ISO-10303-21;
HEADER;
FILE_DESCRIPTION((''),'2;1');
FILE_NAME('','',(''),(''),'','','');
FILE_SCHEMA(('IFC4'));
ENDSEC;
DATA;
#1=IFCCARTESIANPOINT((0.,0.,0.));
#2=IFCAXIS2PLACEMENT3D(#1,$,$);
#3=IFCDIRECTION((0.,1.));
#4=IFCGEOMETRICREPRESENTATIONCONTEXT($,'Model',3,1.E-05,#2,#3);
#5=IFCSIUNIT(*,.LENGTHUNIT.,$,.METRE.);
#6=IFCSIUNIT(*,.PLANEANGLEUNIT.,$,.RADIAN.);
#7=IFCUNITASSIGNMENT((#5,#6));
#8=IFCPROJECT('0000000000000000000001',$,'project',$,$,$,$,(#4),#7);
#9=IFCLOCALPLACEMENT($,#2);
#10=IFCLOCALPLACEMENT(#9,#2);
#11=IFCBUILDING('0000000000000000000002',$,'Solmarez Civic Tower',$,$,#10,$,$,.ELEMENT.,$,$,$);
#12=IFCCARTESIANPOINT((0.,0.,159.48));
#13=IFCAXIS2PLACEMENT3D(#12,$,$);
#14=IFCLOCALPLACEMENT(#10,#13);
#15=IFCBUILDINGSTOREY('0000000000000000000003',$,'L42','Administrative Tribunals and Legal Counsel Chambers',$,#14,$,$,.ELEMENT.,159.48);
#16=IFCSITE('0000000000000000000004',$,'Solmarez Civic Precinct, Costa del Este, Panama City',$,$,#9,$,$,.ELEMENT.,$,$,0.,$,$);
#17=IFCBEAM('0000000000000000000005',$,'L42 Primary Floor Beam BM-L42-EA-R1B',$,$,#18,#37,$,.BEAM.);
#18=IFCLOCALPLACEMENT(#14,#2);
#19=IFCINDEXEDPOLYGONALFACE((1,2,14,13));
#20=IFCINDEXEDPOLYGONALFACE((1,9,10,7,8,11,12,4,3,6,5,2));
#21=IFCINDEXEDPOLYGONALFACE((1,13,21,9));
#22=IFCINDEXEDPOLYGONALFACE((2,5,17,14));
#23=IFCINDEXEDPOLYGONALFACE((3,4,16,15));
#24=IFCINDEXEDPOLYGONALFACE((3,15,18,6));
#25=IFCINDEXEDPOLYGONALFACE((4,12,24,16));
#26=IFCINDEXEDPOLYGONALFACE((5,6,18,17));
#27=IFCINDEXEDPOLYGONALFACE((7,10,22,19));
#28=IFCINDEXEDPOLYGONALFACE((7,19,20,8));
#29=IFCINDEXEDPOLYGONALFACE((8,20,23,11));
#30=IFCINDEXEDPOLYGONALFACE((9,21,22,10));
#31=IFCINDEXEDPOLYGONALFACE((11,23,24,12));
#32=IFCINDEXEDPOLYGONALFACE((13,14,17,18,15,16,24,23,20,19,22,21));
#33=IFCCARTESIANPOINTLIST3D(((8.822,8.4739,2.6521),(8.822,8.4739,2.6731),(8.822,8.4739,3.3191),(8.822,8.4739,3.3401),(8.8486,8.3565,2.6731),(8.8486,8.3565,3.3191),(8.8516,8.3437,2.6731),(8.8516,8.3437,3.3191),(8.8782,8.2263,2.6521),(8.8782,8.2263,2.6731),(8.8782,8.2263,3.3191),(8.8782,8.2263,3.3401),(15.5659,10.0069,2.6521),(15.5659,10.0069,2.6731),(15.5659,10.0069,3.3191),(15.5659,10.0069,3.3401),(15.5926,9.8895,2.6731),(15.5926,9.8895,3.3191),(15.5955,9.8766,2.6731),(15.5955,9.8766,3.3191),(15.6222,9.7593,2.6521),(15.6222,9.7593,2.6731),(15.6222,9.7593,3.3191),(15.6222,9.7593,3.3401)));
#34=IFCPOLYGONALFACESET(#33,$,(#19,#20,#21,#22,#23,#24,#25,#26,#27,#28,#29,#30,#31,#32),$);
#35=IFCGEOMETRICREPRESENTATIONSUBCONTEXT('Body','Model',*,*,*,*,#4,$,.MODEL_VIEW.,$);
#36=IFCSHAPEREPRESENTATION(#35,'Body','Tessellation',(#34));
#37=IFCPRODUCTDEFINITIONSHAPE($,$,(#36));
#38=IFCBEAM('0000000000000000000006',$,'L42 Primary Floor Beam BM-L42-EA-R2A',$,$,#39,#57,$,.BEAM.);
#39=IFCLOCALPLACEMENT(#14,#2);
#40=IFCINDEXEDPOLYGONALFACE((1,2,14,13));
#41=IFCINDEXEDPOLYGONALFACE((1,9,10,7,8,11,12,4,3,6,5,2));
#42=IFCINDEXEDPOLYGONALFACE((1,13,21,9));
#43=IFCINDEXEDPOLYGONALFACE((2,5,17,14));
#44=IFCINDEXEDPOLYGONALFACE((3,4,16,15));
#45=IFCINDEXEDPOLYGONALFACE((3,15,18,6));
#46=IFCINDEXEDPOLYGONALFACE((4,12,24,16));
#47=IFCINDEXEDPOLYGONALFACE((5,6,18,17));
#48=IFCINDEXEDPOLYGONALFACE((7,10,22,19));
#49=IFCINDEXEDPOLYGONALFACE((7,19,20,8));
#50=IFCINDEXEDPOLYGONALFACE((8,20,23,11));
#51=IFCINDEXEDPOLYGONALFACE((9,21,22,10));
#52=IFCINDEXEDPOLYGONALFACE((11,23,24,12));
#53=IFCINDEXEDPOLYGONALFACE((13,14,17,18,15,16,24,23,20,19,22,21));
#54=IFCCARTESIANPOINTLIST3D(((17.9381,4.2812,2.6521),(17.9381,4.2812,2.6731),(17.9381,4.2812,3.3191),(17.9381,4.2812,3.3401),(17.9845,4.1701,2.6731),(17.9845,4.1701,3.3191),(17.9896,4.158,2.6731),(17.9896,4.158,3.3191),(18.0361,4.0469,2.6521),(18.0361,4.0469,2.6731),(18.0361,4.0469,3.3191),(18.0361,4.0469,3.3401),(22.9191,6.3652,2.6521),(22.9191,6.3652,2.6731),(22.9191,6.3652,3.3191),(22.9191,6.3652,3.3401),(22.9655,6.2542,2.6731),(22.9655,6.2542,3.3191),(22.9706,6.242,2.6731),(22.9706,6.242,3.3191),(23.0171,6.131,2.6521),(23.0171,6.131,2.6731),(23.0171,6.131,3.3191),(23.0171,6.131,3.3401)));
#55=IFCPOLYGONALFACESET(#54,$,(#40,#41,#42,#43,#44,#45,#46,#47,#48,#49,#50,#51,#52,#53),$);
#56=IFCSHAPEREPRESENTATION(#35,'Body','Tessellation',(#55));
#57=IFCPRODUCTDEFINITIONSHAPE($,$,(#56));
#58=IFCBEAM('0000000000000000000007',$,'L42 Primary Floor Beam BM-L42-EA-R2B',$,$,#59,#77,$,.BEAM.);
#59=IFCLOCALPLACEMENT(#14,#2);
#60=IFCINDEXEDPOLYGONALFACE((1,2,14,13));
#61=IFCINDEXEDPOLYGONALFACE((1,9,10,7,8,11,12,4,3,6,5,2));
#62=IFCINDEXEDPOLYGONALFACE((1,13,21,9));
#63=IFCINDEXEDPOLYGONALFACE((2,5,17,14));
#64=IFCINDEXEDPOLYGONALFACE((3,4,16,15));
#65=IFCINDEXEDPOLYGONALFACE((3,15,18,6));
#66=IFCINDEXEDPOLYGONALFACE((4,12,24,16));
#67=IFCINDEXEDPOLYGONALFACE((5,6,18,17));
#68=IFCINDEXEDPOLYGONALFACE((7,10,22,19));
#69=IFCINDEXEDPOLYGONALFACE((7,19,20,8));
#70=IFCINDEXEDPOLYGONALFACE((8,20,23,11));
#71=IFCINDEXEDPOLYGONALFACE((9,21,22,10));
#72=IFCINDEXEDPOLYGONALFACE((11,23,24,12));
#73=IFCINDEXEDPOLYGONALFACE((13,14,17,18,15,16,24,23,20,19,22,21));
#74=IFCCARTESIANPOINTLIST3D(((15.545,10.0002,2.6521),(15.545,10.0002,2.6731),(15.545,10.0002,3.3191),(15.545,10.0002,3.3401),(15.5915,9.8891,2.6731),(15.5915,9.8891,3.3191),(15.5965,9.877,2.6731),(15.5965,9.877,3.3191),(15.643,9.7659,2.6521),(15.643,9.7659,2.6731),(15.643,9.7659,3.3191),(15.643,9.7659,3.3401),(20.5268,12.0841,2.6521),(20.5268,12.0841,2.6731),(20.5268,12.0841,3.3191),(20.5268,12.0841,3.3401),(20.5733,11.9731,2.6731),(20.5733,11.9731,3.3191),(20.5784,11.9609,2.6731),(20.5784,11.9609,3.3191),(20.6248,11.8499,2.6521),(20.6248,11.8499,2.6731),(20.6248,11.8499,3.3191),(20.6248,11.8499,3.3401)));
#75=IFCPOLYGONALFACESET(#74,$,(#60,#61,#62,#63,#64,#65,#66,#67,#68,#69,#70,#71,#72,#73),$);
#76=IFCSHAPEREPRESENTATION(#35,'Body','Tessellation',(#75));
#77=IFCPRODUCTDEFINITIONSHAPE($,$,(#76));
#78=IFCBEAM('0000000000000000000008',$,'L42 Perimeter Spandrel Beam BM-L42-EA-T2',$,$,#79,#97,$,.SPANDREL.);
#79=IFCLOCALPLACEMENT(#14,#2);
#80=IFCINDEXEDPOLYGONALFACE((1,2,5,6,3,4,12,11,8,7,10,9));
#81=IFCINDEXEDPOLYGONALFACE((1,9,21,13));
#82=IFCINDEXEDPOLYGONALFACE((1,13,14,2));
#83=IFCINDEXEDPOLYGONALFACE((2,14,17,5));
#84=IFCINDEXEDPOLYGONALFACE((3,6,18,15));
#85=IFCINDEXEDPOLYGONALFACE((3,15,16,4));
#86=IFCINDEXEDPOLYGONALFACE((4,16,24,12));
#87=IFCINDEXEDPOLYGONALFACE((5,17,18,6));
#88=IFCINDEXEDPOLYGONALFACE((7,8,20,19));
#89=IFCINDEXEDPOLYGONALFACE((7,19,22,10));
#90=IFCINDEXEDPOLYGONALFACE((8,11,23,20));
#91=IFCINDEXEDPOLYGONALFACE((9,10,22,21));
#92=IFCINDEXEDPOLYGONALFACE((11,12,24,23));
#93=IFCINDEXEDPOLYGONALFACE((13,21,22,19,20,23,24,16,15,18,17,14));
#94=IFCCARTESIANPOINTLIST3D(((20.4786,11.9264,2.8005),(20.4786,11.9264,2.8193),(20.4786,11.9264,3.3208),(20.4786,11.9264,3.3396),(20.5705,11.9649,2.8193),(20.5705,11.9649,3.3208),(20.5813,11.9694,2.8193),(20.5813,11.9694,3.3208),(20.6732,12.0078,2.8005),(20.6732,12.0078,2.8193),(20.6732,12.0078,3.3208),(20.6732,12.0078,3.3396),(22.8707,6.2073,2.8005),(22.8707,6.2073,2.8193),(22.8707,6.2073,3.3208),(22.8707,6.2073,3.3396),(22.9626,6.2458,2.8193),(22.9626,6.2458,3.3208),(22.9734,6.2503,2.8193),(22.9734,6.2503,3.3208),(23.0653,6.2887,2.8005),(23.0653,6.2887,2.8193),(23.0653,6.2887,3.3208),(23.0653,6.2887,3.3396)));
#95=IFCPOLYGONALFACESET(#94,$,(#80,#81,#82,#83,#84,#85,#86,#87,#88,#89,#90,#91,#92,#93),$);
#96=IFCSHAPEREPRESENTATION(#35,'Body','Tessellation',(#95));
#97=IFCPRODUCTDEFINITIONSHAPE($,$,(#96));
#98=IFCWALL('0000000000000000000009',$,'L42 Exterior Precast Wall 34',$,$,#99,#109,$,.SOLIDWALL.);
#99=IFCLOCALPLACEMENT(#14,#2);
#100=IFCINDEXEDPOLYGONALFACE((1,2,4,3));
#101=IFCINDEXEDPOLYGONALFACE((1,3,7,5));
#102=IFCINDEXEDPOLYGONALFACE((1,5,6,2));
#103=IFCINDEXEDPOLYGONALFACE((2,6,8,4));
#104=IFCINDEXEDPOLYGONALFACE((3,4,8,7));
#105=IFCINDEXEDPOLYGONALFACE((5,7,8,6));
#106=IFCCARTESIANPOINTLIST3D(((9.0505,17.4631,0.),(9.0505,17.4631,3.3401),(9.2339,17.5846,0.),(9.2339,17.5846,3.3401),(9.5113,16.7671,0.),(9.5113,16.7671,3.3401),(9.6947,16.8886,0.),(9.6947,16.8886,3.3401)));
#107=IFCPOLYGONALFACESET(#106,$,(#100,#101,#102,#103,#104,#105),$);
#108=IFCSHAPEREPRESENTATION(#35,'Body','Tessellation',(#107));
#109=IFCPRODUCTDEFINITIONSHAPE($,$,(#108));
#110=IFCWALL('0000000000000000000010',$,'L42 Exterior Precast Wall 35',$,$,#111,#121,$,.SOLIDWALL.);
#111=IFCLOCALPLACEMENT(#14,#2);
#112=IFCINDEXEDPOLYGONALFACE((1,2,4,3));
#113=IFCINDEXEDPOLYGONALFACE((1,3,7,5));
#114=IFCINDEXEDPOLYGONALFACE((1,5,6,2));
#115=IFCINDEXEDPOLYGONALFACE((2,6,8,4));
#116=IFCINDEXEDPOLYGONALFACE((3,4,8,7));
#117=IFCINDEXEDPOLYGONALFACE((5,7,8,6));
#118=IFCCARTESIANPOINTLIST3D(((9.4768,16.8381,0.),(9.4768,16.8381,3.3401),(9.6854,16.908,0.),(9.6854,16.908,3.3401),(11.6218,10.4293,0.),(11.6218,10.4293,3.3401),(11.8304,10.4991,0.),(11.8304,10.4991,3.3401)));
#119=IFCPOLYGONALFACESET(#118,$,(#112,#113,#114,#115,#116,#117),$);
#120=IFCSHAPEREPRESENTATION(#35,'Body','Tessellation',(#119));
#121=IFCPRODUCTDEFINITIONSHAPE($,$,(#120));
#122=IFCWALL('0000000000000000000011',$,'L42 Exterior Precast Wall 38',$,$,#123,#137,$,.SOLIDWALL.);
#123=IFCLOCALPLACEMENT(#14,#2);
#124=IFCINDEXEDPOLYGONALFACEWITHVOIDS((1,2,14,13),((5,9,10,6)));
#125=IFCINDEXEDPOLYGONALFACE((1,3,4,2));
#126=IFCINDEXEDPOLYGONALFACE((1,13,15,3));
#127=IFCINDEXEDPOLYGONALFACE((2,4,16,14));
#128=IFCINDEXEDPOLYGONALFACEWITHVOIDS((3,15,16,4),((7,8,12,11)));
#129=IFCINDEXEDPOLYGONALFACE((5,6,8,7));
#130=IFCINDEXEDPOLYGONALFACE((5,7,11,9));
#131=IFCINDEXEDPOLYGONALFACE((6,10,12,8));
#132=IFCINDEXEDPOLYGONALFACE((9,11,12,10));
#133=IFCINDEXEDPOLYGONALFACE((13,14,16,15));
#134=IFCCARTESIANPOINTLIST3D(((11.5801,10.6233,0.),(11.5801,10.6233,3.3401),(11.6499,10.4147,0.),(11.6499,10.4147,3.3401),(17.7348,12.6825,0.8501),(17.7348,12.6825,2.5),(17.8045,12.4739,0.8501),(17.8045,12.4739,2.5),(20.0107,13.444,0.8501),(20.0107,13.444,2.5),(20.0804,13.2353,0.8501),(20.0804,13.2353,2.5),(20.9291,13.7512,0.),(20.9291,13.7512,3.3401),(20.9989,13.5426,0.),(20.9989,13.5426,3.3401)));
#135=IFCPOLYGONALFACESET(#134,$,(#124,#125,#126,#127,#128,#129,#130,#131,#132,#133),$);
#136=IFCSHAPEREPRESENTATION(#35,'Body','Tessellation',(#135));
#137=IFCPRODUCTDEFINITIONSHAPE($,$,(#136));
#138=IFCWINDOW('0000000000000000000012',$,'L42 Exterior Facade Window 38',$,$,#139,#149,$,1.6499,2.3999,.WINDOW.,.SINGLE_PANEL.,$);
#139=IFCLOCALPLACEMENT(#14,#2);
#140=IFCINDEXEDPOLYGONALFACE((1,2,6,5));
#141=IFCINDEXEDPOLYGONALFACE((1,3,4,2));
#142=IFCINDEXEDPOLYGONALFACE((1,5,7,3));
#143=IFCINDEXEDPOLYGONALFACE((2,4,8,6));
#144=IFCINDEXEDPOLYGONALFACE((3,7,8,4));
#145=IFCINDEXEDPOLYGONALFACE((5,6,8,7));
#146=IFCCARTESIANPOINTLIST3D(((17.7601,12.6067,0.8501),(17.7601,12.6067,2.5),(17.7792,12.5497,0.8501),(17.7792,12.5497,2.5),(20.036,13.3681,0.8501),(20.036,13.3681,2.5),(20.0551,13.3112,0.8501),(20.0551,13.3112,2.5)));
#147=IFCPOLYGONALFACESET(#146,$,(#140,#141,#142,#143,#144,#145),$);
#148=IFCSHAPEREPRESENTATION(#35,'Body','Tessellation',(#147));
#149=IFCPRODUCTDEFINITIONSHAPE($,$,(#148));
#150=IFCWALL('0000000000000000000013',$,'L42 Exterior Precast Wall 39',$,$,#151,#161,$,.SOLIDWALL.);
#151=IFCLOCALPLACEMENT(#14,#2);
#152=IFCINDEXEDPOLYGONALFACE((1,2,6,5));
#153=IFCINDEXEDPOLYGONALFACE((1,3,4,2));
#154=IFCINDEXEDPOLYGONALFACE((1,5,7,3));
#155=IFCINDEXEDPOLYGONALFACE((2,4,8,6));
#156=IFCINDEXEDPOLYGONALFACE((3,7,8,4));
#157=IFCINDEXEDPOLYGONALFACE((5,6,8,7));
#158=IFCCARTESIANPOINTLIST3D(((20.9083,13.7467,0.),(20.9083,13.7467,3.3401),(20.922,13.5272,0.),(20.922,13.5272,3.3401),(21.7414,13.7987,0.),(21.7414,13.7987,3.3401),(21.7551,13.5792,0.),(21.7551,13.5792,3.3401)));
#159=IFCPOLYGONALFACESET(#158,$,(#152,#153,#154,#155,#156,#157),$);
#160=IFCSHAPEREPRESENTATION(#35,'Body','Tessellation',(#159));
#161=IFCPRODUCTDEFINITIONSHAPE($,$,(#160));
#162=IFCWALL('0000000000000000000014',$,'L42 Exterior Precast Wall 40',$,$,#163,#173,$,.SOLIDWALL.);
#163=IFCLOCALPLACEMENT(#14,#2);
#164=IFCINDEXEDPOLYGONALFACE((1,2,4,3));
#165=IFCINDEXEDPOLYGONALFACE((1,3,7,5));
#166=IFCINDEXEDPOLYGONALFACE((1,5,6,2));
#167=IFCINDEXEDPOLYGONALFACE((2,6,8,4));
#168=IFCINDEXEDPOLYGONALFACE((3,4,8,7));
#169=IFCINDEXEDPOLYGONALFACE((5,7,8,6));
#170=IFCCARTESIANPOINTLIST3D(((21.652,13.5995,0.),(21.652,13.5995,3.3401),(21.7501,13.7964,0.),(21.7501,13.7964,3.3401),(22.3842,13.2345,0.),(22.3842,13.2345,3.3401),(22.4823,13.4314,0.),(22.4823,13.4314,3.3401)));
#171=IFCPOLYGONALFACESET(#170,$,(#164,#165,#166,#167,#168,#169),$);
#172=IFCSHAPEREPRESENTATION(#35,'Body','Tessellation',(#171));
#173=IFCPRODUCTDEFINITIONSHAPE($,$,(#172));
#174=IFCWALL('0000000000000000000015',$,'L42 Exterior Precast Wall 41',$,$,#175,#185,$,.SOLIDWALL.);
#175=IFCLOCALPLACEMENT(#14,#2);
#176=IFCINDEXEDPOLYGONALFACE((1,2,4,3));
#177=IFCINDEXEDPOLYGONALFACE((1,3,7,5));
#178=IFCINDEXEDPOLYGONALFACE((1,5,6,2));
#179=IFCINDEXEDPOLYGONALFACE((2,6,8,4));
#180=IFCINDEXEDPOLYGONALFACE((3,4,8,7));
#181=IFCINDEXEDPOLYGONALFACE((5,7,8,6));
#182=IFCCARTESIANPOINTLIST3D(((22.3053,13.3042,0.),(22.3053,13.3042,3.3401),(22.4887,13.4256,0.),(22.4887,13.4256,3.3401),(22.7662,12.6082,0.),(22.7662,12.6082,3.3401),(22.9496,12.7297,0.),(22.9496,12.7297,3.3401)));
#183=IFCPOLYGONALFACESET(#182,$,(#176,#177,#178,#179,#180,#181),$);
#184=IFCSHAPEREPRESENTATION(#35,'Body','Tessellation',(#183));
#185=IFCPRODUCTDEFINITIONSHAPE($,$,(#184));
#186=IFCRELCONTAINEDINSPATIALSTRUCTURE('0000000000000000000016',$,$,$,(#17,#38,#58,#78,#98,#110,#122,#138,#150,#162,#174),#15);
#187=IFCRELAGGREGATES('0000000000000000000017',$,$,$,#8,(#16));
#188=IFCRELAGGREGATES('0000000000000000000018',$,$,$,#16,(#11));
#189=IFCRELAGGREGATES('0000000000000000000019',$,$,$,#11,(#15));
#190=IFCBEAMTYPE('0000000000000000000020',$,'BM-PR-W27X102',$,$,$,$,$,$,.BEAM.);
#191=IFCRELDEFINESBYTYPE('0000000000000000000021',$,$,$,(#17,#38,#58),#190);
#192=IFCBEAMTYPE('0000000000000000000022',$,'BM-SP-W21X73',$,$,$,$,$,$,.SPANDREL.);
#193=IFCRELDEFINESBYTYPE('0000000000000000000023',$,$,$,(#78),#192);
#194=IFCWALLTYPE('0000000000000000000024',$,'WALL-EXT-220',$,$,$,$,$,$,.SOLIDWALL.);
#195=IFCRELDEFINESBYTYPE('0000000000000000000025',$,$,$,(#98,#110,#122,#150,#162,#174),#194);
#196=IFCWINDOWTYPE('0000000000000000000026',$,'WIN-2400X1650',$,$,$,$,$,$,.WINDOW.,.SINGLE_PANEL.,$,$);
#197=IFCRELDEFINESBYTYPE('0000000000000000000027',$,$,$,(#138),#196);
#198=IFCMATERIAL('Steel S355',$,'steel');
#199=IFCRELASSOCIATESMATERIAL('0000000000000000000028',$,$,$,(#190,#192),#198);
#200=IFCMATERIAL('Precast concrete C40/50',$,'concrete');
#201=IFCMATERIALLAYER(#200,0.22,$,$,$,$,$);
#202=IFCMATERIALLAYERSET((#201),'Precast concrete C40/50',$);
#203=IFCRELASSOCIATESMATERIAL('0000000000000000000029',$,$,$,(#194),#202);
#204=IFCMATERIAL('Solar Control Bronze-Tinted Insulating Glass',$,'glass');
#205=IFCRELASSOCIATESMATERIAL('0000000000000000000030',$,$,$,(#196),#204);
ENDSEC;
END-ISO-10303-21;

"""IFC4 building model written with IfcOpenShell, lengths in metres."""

from ifc_helpers import new_model, si_unit, direction, frame, frame_2d, origin, origin_2d, place, context, subcontext, project, spatial, rectangle, i_section, extrude, material, layer, layer_set, material_profile, profile_set, type_object, element, fill, save


model = new_model("IFC4")

# Units and contexts
model_context = context("Model", 3, precision=1e-05, world=origin(), true_north=direction((0.0, 1.0)))
body_context = subcontext(model_context, "Body", "Model", "MODEL_VIEW")
ifc_project = project(units=[si_unit("LENGTHUNIT", "METRE"), si_unit("PLANEANGLEUNIT", "RADIAN")], contexts=[model_context])

# Site, building, storey
site_placement = place(None, origin())
site = spatial("IfcSite", under=ifc_project, at=site_placement, Name="Solmarez Civic Precinct, Costa del Este, Panama City", CompositionType="ELEMENT", RefElevation=0.0)
building_placement = place(site_placement, origin())
building = spatial("IfcBuilding", under=site, at=building_placement, Name="Solmarez Civic Tower", CompositionType="ELEMENT")
storey_placement = place(building_placement, frame((0.0, 0.0, 159.48)))
storey = spatial("IfcBuildingStorey", under=building, at=storey_placement, Name="L42", Description="Administrative Tribunals and Legal Counsel Chambers", CompositionType="ELEMENT", Elevation=159.48)

# Shared definitions
ifc_material_1 = material(Name="Steel S355", Category="steel")

# Beams
ifc_material_profile_1 = material_profile(ifc_material_1, i_section(OverallWidth=0.2539, OverallDepth=0.688, WebThickness=0.0132, FlangeThickness=0.021, at=origin_2d()), Name="W27X102")
ifc_profile_set_1 = profile_set([ifc_material_profile_1], Name="Steel S355")
beam_type_1 = type_object("IfcBeamType", Name="BM-PR-W27X102", PredefinedType="BEAM", material=ifc_profile_set_1)
beam_1_placement = place(storey_placement, frame((8.8501, 8.3501, 2.9961), z_axis=(0.975125, 0.221656, 0.0), x_axis=(-0.221656, 0.975125, 0.0)))
element("IfcBeam", 1, at=beam_1_placement, inside=storey, type_object=beam_type_1, Name="L42 Primary Floor Beam BM-L42-EA-R1B", PredefinedType="BEAM", context=body_context, shape_type="SweptSolid", body=[
    extrude(i_section(OverallWidth=0.2539, OverallDepth=0.688, WebThickness=0.0132, FlangeThickness=0.021, at=origin_2d()), origin(), (0.0, 0.0, 1.0), 6.916),
])
beam_2_placement = place(storey_placement, frame((17.9871, 4.1641, 2.9961), z_axis=(0.922511, 0.38597, 0.0), x_axis=(-0.38597, 0.922511, 0.0)))
element("IfcBeam", 2, at=beam_2_placement, inside=storey, type_object=beam_type_1, Name="L42 Primary Floor Beam BM-L42-EA-R2A", PredefinedType="BEAM", context=body_context, shape_type="SweptSolid", body=[
    extrude(i_section(OverallWidth=0.2539, OverallDepth=0.688, WebThickness=0.0132, FlangeThickness=0.021, at=origin_2d()), origin(), (0.0, 0.0, 1.0), 5.3994),
])
beam_3_placement = place(storey_placement, frame((15.594, 9.8831, 2.9961), z_axis=(0.922538, 0.385905, 0.0), x_axis=(-0.385905, 0.922538, 0.0)))
element("IfcBeam", 3, at=beam_3_placement, inside=storey, type_object=beam_type_1, Name="L42 Primary Floor Beam BM-L42-EA-R2B", PredefinedType="BEAM", context=body_context, shape_type="SweptSolid", body=[
    extrude(i_section(OverallWidth=0.2539, OverallDepth=0.688, WebThickness=0.0132, FlangeThickness=0.021, at=origin_2d()), origin(), (0.0, 0.0, 1.0), 5.4001),
])
ifc_material_profile_2 = material_profile(ifc_material_1, i_section(OverallWidth=0.2109, OverallDepth=0.5391, WebThickness=0.0117, FlangeThickness=0.0188, at=origin_2d()), Name="W21X73")
ifc_profile_set_2 = profile_set([ifc_material_profile_2], Name="Steel S355")
beam_type_2 = type_object("IfcBeamType", Name="BM-SP-W21X73", PredefinedType="SPANDREL", material=ifc_profile_set_2)
beam_4_placement = place(storey_placement, frame((22.968, 6.248, 3.0701), z_axis=(-0.385876, 0.922551, 0.0), x_axis=(-0.922551, -0.385876, 0.0)))
element("IfcBeam", 4, at=beam_4_placement, inside=storey, type_object=beam_type_2, Name="L42 Perimeter Spandrel Beam BM-L42-EA-T2", PredefinedType="SPANDREL", context=body_context, shape_type="SweptSolid", body=[
    extrude(i_section(OverallWidth=0.2109, OverallDepth=0.5391, WebThickness=0.0117, FlangeThickness=0.0188, at=origin_2d()), origin(), (0.0, 0.0, 1.0), 6.1992),
])

# Walls
ifc_material_2 = material(Name="Precast concrete C40/50", Category="concrete")
ifc_layer_1 = layer(ifc_material_2, 0.22)
ifc_layer_set_1 = layer_set([ifc_layer_1], Name="Precast concrete C40/50")
wall_type_1 = type_object("IfcWallType", Name="WALL-EXT-220", PredefinedType="SOLIDWALL", material=ifc_layer_set_1)
wall_1_placement = place(storey_placement, frame((9.1421, 17.5239, 0.0), z_axis=(0.0, 0.0, 1.0), x_axis=(0.552133, -0.833756, 0.0)))
element("IfcWall", 5, at=wall_1_placement, inside=storey, type_object=wall_type_1, Name="L42 Exterior Precast Wall 34", PredefinedType="SOLIDWALL", context=body_context, shape_type="SweptSolid", body=[
    extrude(rectangle(XDim=0.8347, YDim=0.22, at=frame_2d((0.4175, 0.0))), origin(), (0.0, 0.0, 1.0), 3.3401),
])
wall_2_placement = place(storey_placement, frame((9.5811, 16.873, 0.0), z_axis=(0.0, 0.0, 1.0), x_axis=(0.317387, -0.948296, 0.0)))
element("IfcWall", 6, at=wall_2_placement, inside=storey, type_object=wall_type_1, Name="L42 Exterior Precast Wall 35", PredefinedType="SOLIDWALL", context=body_context, shape_type="SweptSolid", body=[
    extrude(rectangle(XDim=6.7583, YDim=0.22, at=frame_2d((3.3792, 0.0))), origin(), (0.0, 0.0, 1.0), 3.3401),
])

# Wall, opening, window
wall_3_placement = place(storey_placement, frame((11.615, 10.519, 0.0), z_axis=(0.0, 0.0, 1.0), x_axis=(0.948331, 0.317283, 0.0)))
wall_3 = element("IfcWall", 7, at=wall_3_placement, inside=storey, type_object=wall_type_1, Name="L42 Exterior Precast Wall 38", PredefinedType="SOLIDWALL", context=body_context, shape_type="SweptSolid", body=[
    extrude(rectangle(XDim=9.8584, YDim=0.22, at=frame_2d((4.9292, 0.0))), origin(), (0.0, 0.0, 1.0), 3.3401),
])
opening_1_placement = place(wall_3_placement, frame((6.49, 0.0, 0.8501)))
opening_1 = element("IfcOpeningElement", 8, at=opening_1_placement, cuts=wall_3, PredefinedType="OPENING", context=body_context, shape_type="SweptSolid", body=[
    extrude(rectangle(XDim=2.3999, YDim=1.6499, at=frame_2d((1.2, 0.825))), frame((0.0, 0.1199, 0.0), z_axis=(0.0, -1.0, 0.0), x_axis=(1.0, 0.0, 0.0)), (0.0, 0.0, 1.0), 0.24),
])
ifc_material_3 = material(Name="Solar Control Bronze-Tinted Insulating Glass", Category="glass")
window_type_1 = type_object("IfcWindowType", Name="WIN-2400X1650", PartitioningType="SINGLE_PANEL", PredefinedType="WINDOW", material=ifc_material_3)
window_1_placement = place(opening_1_placement, origin())
window_1 = element("IfcWindow", 9, at=window_1_placement, inside=storey, type_object=window_type_1, Name="L42 Exterior Facade Window 38", OverallHeight=1.6499, OverallWidth=2.3999, PartitioningType="SINGLE_PANEL", PredefinedType="WINDOW", context=body_context, shape_type="SweptSolid", body=[
    extrude(rectangle(XDim=2.3999, YDim=1.6499, at=frame_2d((1.2, 0.825))), frame((0.0, 0.03, 0.0), z_axis=(0.0, -1.0, 0.0), x_axis=(1.0, 0.0, 0.0)), (0.0, 0.0, 1.0), 0.0601),
])
fill(opening_1, window_1)

# Walls
wall_4_placement = place(storey_placement, frame((20.915, 13.637, 0.0), z_axis=(0.0, 0.0, 1.0), x_axis=(0.998057, 0.062305, 0.0)))
element("IfcWall", 10, at=wall_4_placement, inside=storey, type_object=wall_type_1, Name="L42 Exterior Precast Wall 39", PredefinedType="SOLIDWALL", context=body_context, shape_type="SweptSolid", body=[
    extrude(rectangle(XDim=0.8347, YDim=0.22, at=frame_2d((0.4175, 0.0))), origin(), (0.0, 0.0, 1.0), 3.3401),
])
wall_5_placement = place(storey_placement, frame((21.7009, 13.698, 0.0), z_axis=(0.0, 0.0, 1.0), x_axis=(0.894964, -0.446139, 0.0)))
element("IfcWall", 11, at=wall_5_placement, inside=storey, type_object=wall_type_1, Name="L42 Exterior Precast Wall 40", PredefinedType="SOLIDWALL", context=body_context, shape_type="SweptSolid", body=[
    extrude(rectangle(XDim=0.8181, YDim=0.22, at=frame_2d((0.4092, 0.0))), origin(), (0.0, 0.0, 1.0), 3.3401),
])
wall_6_placement = place(storey_placement, frame((22.397, 13.365, 0.0), z_axis=(0.0, 0.0, 1.0), x_axis=(0.552133, -0.833756, 0.0)))
element("IfcWall", 12, at=wall_6_placement, inside=storey, type_object=wall_type_1, Name="L42 Exterior Precast Wall 41", PredefinedType="SOLIDWALL", context=body_context, shape_type="SweptSolid", body=[
    extrude(rectangle(XDim=0.8347, YDim=0.22, at=frame_2d((0.4175, 0.0))), origin(), (0.0, 0.0, 1.0), 3.3401),
])

save(model, "model.ifc")
